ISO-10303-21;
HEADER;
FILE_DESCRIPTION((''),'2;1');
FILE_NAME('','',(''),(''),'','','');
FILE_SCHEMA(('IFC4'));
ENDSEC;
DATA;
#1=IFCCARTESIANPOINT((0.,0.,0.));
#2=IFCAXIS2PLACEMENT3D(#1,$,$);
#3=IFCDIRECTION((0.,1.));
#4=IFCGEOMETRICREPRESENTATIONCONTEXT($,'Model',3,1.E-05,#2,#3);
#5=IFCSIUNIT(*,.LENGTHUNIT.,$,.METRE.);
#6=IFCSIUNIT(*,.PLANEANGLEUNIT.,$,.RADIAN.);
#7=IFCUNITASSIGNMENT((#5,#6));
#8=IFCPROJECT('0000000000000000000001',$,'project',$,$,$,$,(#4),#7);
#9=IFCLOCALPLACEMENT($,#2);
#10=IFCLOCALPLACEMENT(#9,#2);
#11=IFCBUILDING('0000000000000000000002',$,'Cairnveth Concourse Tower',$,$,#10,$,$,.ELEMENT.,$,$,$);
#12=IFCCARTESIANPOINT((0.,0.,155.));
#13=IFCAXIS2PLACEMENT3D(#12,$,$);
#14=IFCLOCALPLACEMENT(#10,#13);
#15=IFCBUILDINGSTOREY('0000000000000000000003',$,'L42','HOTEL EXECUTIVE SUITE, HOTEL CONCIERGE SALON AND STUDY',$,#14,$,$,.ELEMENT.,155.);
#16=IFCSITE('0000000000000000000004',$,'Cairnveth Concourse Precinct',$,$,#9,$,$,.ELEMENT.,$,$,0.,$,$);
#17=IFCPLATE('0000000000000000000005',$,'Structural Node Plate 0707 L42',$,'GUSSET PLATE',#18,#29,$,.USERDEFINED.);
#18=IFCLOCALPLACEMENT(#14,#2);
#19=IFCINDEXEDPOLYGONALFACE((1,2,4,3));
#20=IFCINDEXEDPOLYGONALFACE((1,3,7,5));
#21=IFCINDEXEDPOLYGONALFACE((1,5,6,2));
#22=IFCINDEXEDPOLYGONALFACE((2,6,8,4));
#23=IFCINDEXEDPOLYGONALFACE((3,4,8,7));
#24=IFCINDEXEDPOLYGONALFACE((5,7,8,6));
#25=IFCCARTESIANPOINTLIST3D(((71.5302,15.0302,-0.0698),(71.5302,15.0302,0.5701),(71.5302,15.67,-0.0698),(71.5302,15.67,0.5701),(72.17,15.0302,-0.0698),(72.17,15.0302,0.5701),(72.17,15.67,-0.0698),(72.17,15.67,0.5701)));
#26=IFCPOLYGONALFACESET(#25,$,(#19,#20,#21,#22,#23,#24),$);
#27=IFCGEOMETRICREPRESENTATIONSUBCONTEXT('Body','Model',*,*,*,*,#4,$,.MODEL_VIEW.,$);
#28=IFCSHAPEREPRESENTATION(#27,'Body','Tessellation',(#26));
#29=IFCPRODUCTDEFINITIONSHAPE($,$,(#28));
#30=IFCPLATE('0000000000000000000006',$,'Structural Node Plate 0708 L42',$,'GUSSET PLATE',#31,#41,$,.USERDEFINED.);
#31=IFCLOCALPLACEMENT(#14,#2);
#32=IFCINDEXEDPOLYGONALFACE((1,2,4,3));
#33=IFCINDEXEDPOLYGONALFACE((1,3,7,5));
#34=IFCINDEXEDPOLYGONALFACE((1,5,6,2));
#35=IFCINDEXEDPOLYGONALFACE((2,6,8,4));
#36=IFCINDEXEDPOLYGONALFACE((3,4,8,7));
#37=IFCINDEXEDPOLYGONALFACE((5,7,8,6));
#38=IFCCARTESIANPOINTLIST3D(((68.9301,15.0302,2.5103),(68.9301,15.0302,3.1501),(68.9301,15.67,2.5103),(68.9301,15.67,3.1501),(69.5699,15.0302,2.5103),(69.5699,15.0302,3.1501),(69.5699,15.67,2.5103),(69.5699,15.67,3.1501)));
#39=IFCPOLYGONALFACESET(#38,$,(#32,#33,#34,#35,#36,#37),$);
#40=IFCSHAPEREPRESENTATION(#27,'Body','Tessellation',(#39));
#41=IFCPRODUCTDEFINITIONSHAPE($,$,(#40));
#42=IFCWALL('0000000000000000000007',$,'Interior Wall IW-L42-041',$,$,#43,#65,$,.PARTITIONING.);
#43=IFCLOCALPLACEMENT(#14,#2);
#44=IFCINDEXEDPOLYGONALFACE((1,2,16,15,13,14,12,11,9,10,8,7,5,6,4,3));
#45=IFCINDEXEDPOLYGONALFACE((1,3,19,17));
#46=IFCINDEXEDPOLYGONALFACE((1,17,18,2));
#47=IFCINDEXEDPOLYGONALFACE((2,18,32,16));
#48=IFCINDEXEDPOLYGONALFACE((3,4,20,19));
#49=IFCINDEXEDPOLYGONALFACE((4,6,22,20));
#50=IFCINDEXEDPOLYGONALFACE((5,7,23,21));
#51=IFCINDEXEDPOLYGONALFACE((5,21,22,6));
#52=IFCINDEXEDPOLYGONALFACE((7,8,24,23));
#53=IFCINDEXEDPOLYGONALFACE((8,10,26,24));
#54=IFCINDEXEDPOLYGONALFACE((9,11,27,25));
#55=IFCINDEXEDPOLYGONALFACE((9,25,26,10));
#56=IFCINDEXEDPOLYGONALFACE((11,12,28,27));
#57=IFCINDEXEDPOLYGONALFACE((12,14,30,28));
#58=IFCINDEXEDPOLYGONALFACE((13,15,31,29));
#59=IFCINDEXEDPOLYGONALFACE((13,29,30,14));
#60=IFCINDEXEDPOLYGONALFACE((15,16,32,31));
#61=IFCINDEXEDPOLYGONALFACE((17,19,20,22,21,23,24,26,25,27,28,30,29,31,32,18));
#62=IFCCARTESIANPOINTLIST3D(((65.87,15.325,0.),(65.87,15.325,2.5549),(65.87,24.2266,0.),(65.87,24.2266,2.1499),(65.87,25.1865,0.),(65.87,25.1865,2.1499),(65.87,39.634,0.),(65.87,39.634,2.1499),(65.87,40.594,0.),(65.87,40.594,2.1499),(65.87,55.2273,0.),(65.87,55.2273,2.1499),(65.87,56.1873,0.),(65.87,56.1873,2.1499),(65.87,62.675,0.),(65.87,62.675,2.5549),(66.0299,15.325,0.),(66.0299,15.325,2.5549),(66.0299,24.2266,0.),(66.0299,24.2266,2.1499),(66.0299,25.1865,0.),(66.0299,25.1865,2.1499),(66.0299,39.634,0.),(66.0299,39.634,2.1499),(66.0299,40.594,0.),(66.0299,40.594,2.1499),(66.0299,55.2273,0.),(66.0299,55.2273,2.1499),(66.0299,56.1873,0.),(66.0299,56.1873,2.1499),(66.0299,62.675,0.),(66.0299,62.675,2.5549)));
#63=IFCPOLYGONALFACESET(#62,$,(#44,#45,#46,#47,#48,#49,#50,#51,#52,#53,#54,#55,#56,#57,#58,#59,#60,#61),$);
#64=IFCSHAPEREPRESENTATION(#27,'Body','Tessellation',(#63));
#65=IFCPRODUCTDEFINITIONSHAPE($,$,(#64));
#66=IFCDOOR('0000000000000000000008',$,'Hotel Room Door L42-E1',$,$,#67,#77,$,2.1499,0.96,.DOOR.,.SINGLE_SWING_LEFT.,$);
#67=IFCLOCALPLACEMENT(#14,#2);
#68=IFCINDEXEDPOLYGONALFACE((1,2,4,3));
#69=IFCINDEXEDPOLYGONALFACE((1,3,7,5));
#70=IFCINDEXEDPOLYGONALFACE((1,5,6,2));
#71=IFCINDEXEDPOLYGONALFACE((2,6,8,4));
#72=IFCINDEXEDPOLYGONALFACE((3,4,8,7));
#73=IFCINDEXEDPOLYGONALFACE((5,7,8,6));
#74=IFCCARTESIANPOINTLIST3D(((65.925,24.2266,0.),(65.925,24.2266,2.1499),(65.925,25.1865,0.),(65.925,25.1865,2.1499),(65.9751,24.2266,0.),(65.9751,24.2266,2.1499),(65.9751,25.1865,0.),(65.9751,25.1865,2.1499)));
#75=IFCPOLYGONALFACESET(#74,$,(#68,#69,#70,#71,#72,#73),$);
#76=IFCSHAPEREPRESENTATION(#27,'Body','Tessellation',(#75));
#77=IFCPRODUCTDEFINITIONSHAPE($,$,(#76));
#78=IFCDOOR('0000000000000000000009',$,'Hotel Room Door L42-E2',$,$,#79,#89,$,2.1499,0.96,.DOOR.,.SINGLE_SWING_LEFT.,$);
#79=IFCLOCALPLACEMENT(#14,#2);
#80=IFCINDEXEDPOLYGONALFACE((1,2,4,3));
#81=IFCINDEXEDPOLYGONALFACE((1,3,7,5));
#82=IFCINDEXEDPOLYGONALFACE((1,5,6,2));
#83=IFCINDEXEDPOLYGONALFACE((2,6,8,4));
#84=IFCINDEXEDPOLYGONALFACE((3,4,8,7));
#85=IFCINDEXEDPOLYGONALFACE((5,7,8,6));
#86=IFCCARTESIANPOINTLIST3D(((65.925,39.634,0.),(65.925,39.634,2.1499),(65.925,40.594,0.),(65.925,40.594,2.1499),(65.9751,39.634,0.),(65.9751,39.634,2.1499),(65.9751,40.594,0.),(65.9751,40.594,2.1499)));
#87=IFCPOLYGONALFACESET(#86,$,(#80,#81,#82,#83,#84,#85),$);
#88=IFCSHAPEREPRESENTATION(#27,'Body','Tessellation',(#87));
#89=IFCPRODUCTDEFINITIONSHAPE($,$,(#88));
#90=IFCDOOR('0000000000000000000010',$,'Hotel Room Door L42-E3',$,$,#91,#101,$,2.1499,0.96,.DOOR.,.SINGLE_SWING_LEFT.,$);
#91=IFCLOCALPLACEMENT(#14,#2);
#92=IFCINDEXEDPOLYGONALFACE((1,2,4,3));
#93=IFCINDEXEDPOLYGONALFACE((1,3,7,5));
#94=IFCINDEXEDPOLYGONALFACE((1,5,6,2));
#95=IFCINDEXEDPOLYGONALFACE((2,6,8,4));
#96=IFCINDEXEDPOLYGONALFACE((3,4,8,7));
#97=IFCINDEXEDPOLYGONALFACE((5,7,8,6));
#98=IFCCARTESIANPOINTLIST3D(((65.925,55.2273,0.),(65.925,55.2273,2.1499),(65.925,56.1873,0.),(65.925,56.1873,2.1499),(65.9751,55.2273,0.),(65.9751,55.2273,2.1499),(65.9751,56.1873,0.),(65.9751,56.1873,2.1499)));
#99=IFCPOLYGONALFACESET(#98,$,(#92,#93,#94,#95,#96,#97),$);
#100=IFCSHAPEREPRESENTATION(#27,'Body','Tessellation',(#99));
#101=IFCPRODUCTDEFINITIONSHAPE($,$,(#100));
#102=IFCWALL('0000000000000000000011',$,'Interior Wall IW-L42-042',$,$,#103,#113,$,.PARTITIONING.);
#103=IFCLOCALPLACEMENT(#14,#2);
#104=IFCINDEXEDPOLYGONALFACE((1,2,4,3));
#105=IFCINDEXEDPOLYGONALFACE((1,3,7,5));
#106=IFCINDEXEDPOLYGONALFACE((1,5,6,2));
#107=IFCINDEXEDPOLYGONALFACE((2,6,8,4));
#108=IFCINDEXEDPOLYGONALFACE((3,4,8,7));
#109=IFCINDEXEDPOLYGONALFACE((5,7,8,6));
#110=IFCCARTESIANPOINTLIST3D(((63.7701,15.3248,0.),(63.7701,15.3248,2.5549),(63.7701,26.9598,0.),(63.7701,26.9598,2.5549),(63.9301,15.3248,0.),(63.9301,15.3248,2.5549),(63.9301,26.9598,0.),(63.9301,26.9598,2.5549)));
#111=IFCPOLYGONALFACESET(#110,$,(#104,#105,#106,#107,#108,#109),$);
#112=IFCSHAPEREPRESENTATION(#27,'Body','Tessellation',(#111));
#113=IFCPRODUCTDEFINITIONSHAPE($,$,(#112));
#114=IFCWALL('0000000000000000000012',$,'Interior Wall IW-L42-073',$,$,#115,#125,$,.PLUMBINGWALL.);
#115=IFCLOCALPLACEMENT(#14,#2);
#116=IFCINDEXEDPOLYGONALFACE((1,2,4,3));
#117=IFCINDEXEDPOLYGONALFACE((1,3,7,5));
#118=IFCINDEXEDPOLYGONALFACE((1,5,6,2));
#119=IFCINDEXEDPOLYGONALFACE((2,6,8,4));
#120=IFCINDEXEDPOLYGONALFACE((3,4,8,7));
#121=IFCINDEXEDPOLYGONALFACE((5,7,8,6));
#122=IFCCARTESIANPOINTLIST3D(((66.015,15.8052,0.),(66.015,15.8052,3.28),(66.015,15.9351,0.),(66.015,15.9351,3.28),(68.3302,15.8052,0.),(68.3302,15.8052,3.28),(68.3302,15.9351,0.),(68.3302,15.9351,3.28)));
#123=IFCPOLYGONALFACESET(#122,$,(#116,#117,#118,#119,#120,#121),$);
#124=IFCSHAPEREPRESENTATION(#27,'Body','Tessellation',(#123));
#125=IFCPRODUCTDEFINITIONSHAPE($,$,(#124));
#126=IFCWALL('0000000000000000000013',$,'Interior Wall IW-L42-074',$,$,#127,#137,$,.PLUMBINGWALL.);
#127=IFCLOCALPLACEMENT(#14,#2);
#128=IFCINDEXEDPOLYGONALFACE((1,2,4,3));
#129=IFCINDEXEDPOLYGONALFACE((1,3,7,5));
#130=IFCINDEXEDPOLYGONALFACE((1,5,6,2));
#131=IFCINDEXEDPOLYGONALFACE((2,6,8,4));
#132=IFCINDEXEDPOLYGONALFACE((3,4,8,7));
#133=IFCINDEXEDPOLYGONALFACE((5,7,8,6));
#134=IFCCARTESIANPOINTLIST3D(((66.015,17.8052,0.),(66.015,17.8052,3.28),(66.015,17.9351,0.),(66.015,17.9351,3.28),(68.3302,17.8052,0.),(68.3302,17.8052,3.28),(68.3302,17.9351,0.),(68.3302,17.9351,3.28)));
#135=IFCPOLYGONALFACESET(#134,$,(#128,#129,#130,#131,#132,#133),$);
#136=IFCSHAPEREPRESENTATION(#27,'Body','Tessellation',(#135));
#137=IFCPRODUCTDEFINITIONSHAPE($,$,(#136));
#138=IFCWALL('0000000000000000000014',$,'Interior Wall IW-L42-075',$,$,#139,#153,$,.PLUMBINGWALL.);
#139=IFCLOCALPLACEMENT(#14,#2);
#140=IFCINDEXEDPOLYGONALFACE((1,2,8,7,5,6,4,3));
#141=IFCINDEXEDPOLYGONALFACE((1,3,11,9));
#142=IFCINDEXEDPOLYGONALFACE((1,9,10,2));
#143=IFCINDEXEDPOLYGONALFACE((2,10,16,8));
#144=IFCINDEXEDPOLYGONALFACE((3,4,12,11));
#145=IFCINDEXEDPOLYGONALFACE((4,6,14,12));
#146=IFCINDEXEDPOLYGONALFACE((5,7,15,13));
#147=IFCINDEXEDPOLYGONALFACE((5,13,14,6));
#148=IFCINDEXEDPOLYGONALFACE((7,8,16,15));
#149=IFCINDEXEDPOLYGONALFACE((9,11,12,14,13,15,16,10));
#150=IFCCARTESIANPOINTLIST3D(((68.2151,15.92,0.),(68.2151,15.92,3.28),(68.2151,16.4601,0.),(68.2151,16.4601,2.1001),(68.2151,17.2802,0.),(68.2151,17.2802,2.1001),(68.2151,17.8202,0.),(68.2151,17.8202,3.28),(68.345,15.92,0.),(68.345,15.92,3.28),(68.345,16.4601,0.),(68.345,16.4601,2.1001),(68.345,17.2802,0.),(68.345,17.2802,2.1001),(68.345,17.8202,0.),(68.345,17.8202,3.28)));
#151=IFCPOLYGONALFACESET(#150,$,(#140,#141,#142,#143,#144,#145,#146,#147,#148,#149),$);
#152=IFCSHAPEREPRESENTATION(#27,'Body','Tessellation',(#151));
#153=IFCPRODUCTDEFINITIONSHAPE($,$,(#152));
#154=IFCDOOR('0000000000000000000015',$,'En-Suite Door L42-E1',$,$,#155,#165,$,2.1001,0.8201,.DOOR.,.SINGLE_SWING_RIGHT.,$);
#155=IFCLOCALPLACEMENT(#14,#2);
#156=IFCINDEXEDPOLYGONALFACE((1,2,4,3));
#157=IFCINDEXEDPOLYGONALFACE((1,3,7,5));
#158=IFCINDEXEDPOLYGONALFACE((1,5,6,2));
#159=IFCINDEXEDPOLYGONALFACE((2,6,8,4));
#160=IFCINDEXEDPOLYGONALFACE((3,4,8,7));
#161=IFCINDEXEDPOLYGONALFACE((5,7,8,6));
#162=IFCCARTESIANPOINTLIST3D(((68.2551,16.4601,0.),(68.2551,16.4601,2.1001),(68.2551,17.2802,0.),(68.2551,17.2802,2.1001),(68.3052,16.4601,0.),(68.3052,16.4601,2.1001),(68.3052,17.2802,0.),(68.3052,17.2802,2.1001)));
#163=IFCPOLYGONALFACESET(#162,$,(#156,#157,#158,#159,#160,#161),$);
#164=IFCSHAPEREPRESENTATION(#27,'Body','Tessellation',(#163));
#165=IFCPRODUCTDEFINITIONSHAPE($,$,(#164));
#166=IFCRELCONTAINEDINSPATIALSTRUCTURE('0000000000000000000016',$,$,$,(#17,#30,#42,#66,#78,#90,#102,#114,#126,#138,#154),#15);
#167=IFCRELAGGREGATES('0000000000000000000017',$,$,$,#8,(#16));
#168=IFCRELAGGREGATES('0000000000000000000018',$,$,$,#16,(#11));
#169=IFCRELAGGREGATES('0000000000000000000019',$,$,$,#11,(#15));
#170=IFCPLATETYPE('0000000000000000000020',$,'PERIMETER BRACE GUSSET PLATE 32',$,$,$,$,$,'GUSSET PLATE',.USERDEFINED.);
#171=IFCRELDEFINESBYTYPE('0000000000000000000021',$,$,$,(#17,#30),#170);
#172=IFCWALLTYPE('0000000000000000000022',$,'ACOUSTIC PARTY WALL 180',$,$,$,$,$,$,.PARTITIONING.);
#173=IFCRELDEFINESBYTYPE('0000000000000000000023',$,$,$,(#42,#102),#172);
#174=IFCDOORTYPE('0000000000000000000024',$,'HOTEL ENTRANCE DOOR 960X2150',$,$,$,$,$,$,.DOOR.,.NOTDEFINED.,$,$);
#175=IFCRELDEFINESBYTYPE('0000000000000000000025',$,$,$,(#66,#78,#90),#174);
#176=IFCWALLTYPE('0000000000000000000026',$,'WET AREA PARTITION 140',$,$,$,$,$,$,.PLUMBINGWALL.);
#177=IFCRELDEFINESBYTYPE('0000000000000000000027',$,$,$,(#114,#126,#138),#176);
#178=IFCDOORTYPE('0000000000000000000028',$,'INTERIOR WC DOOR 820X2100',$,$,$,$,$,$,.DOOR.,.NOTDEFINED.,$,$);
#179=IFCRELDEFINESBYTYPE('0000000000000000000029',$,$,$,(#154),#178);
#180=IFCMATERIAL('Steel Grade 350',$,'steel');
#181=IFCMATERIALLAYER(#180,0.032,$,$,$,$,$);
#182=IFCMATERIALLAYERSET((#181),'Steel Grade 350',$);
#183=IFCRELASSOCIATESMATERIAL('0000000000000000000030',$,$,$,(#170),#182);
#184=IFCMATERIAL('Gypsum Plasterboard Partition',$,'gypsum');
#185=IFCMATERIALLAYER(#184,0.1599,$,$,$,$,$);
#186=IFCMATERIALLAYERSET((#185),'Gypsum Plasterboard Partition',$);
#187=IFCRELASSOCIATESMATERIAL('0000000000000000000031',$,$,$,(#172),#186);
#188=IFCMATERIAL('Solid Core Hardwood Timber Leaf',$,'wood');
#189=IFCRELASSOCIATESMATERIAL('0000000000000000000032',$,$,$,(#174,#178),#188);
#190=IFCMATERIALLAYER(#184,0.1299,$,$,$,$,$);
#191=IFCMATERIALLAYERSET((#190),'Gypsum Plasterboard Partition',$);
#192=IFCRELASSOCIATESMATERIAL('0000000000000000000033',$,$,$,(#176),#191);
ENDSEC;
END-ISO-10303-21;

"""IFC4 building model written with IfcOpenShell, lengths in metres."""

from ifc_helpers import new_model, si_unit, direction, frame, frame_2d, origin, origin_2d, place, context, subcontext, project, spatial, rectangle, extrude, material, layer, layer_set, type_object, element, fill, save


model = new_model("IFC4")

# Units and contexts
model_context = context("Model", 3, precision=1e-05, world=origin(), true_north=direction((0.0, 1.0)))
body_context = subcontext(model_context, "Body", "Model", "MODEL_VIEW")
ifc_project = project(units=[si_unit("LENGTHUNIT", "METRE"), si_unit("PLANEANGLEUNIT", "RADIAN")], contexts=[model_context])

# Site, building, storey
site_placement = place(None, origin())
site = spatial("IfcSite", under=ifc_project, at=site_placement, Name="Cairnveth Concourse Precinct", CompositionType="ELEMENT", RefElevation=0.0)
building_placement = place(site_placement, origin())
building = spatial("IfcBuilding", under=site, at=building_placement, Name="Cairnveth Concourse Tower", CompositionType="ELEMENT")
storey_placement = place(building_placement, frame((0.0, 0.0, 155.0)))
storey = spatial("IfcBuildingStorey", under=building, at=storey_placement, Name="L42", Description="HOTEL EXECUTIVE SUITE, HOTEL CONCIERGE SALON AND STUDY", CompositionType="ELEMENT", Elevation=155.0)

# Shared definitions
ifc_material_1 = material(Name="Steel Grade 350", Category="steel")

# Plates
ifc_layer_1 = layer(ifc_material_1, 0.032)
ifc_layer_set_1 = layer_set([ifc_layer_1], Name="Steel Grade 350")
plate_type = type_object("IfcPlateType", Name="PERIMETER BRACE GUSSET PLATE 32", ElementType="GUSSET PLATE", PredefinedType="USERDEFINED", material=ifc_layer_set_1)
for number, where, z_axis, x_axis, name in (
    (1, (71.8501, 15.3501, -0.0698), (0.0, 0.0, 1.0), (1.0, 0.0, 0.0), "Structural Node Plate 0707 L42"),
    (2, (69.25, 15.3501, 2.5103), (0.0, 0.0, 1.0), (1.0, 0.0, 0.0), "Structural Node Plate 0708 L42"),
):
    element("IfcPlate", number, at=place(storey_placement, frame(where, z_axis=z_axis, x_axis=x_axis)), inside=storey, type_object=plate_type, Name=name, ObjectType="GUSSET PLATE", PredefinedType="USERDEFINED", context=body_context, shape_type="SweptSolid", body=[
        extrude(rectangle(XDim=0.6399, YDim=0.6399, at=origin_2d()), origin(), (0.0, 0.0, 1.0), 0.6399),
    ])

# Wall, openings, doors
ifc_material_2 = material(Name="Gypsum Plasterboard Partition", Category="gypsum")
ifc_layer_2 = layer(ifc_material_2, 0.1599)
ifc_layer_set_2 = layer_set([ifc_layer_2], Name="Gypsum Plasterboard Partition")
wall_type_1 = type_object("IfcWallType", Name="ACOUSTIC PARTY WALL 180", PredefinedType="PARTITIONING", material=ifc_layer_set_2)
wall_1_placement = place(storey_placement, frame((65.95, 15.325, 0.0), z_axis=(0.0, 0.0, 1.0), x_axis=(0.0, 1.0, 0.0)))
wall_1 = element("IfcWall", 3, at=wall_1_placement, inside=storey, type_object=wall_type_1, Name="Interior Wall IW-L42-041", PredefinedType="PARTITIONING", context=body_context, shape_type="SweptSolid", body=[
    extrude(rectangle(XDim=47.3501, YDim=0.1599, at=frame_2d((23.675, 0.0))), origin(), (0.0, 0.0, 1.0), 2.5549),
])
opening_1_placement = place(wall_1_placement, frame((8.9016, 0.0, 0.0)))
opening_1 = element("IfcOpeningElement", 4, at=opening_1_placement, cuts=wall_1, PredefinedType="OPENING", context=body_context, shape_type="SweptSolid", body=[
    extrude(rectangle(XDim=0.96, YDim=2.1499, at=frame_2d((0.48, 1.075))), frame((0.0, 0.0898, 0.0), z_axis=(0.0, -1.0, 0.0), x_axis=(1.0, 0.0, 0.0)), (0.0, 0.0, 1.0), 0.1799),
])
opening_2_placement = place(wall_1_placement, frame((24.3091, 0.0, 0.0)))
opening_2 = element("IfcOpeningElement", 5, at=opening_2_placement, cuts=wall_1, PredefinedType="OPENING", context=body_context, shape_type="SweptSolid", body=[
    extrude(rectangle(XDim=0.96, YDim=2.1499, at=frame_2d((0.48, 1.075))), frame((0.0, 0.0898, 0.0), z_axis=(0.0, -1.0, 0.0), x_axis=(1.0, 0.0, 0.0)), (0.0, 0.0, 1.0), 0.1799),
])
opening_3_placement = place(wall_1_placement, frame((39.9023, 0.0, 0.0)))
opening_3 = element("IfcOpeningElement", 6, at=opening_3_placement, cuts=wall_1, PredefinedType="OPENING", context=body_context, shape_type="SweptSolid", body=[
    extrude(rectangle(XDim=0.96, YDim=2.1499, at=frame_2d((0.48, 1.075))), frame((0.0, 0.0898, 0.0), z_axis=(0.0, -1.0, 0.0), x_axis=(1.0, 0.0, 0.0)), (0.0, 0.0, 1.0), 0.1799),
])
ifc_material_3 = material(Name="Solid Core Hardwood Timber Leaf", Category="wood")
door_type_1 = type_object("IfcDoorType", Name="HOTEL ENTRANCE DOOR 960X2150", OperationType="NOTDEFINED", PredefinedType="DOOR", material=ifc_material_3)
door_1_placement = place(opening_1_placement, origin())
door_1 = element("IfcDoor", 7, at=door_1_placement, inside=storey, type_object=door_type_1, Name="Hotel Room Door L42-E1", OperationType="SINGLE_SWING_LEFT", OverallHeight=2.1499, OverallWidth=0.96, PredefinedType="DOOR", context=body_context, shape_type="SweptSolid", body=[
    extrude(rectangle(XDim=0.96, YDim=2.1499, at=frame_2d((0.48, 1.075))), frame((0.0, 0.0249, 0.0), z_axis=(0.0, -1.0, 0.0), x_axis=(1.0, 0.0, 0.0)), (0.0, 0.0, 1.0), 0.05),
])
fill(opening_1, door_1)
door_2_placement = place(opening_2_placement, origin())
door_2 = element("IfcDoor", 8, at=door_2_placement, inside=storey, type_object=door_type_1, Name="Hotel Room Door L42-E2", OperationType="SINGLE_SWING_LEFT", OverallHeight=2.1499, OverallWidth=0.96, PredefinedType="DOOR", context=body_context, shape_type="SweptSolid", body=[
    extrude(rectangle(XDim=0.96, YDim=2.1499, at=frame_2d((0.48, 1.075))), frame((0.0, 0.0249, 0.0), z_axis=(0.0, -1.0, 0.0), x_axis=(1.0, 0.0, 0.0)), (0.0, 0.0, 1.0), 0.05),
])
fill(opening_2, door_2)
door_3_placement = place(opening_3_placement, origin())
door_3 = element("IfcDoor", 9, at=door_3_placement, inside=storey, type_object=door_type_1, Name="Hotel Room Door L42-E3", OperationType="SINGLE_SWING_LEFT", OverallHeight=2.1499, OverallWidth=0.96, PredefinedType="DOOR", context=body_context, shape_type="SweptSolid", body=[
    extrude(rectangle(XDim=0.96, YDim=2.1499, at=frame_2d((0.48, 1.075))), frame((0.0, 0.0249, 0.0), z_axis=(0.0, -1.0, 0.0), x_axis=(1.0, 0.0, 0.0)), (0.0, 0.0, 1.0), 0.05),
])
fill(opening_3, door_3)

# Walls
wall_2_placement = place(storey_placement, frame((63.8501, 15.325, 0.0), z_axis=(0.0, 0.0, 1.0), x_axis=(0.0, 1.0, 0.0)))
element("IfcWall", 10, at=wall_2_placement, inside=storey, type_object=wall_type_1, Name="Interior Wall IW-L42-042", PredefinedType="PARTITIONING", context=body_context, shape_type="SweptSolid", body=[
    extrude(rectangle(XDim=11.635, YDim=0.1599, at=frame_2d((5.8174, 0.0))), origin(), (0.0, 0.0, 1.0), 2.5549),
])
ifc_layer_3 = layer(ifc_material_2, 0.1299)
ifc_layer_set_3 = layer_set([ifc_layer_3], Name="Gypsum Plasterboard Partition")
wall_type_2 = type_object("IfcWallType", Name="WET AREA PARTITION 140", PredefinedType="PLUMBINGWALL", material=ifc_layer_set_3)
for number, where, z_axis, x_axis, name in (
    (11, (66.0149, 15.8701, 0.0), (0.0, 0.0, 1.0), (1.0, 0.0, 0.0), "Interior Wall IW-L42-073"),
    (12, (66.0149, 17.8701, 0.0), (0.0, 0.0, 1.0), (1.0, 0.0, 0.0), "Interior Wall IW-L42-074"),
):
    element("IfcWall", number, at=place(storey_placement, frame(where, z_axis=z_axis, x_axis=x_axis)), inside=storey, type_object=wall_type_2, Name=name, PredefinedType="PLUMBINGWALL", context=body_context, shape_type="SweptSolid", body=[
        extrude(rectangle(XDim=2.3152, YDim=0.1299, at=frame_2d((1.1577, 0.0))), origin(), (0.0, 0.0, 1.0), 3.28),
    ])

# Wall, opening, door
wall_3_placement = place(storey_placement, frame((68.28, 15.9199, 0.0), z_axis=(0.0, 0.0, 1.0), x_axis=(0.0, 1.0, 0.0)))
wall_3 = element("IfcWall", 13, at=wall_3_placement, inside=storey, type_object=wall_type_2, Name="Interior Wall IW-L42-075", PredefinedType="PLUMBINGWALL", context=body_context, shape_type="SweptSolid", body=[
    extrude(rectangle(XDim=1.9001, YDim=0.1299, at=frame_2d((0.9502, 0.0))), origin(), (0.0, 0.0, 1.0), 3.28),
])
opening_4_placement = place(wall_3_placement, frame((0.54, 0.0, 0.0)))
opening_4 = element("IfcOpeningElement", 14, at=opening_4_placement, cuts=wall_3, PredefinedType="OPENING", context=body_context, shape_type="SweptSolid", body=[
    extrude(rectangle(XDim=0.8201, YDim=2.1001, at=frame_2d((0.4102, 1.05))), frame((0.0, 0.075, 0.0), z_axis=(0.0, -1.0, 0.0), x_axis=(1.0, 0.0, 0.0)), (0.0, 0.0, 1.0), 0.1499),
])
door_type_2 = type_object("IfcDoorType", Name="INTERIOR WC DOOR 820X2100", OperationType="NOTDEFINED", PredefinedType="DOOR", material=ifc_material_3)
door_4_placement = place(opening_4_placement, origin())
door_4 = element("IfcDoor", 15, at=door_4_placement, inside=storey, type_object=door_type_2, Name="En-Suite Door L42-E1", OperationType="SINGLE_SWING_RIGHT", OverallHeight=2.1001, OverallWidth=0.8201, PredefinedType="DOOR", context=body_context, shape_type="SweptSolid", body=[
    extrude(rectangle(XDim=0.8201, YDim=2.1001, at=frame_2d((0.4102, 1.05))), frame((0.0, 0.0249, 0.0), z_axis=(0.0, -1.0, 0.0), x_axis=(1.0, 0.0, 0.0)), (0.0, 0.0, 1.0), 0.05),
])
fill(opening_4, door_4)

save(model, "model.ifc")
